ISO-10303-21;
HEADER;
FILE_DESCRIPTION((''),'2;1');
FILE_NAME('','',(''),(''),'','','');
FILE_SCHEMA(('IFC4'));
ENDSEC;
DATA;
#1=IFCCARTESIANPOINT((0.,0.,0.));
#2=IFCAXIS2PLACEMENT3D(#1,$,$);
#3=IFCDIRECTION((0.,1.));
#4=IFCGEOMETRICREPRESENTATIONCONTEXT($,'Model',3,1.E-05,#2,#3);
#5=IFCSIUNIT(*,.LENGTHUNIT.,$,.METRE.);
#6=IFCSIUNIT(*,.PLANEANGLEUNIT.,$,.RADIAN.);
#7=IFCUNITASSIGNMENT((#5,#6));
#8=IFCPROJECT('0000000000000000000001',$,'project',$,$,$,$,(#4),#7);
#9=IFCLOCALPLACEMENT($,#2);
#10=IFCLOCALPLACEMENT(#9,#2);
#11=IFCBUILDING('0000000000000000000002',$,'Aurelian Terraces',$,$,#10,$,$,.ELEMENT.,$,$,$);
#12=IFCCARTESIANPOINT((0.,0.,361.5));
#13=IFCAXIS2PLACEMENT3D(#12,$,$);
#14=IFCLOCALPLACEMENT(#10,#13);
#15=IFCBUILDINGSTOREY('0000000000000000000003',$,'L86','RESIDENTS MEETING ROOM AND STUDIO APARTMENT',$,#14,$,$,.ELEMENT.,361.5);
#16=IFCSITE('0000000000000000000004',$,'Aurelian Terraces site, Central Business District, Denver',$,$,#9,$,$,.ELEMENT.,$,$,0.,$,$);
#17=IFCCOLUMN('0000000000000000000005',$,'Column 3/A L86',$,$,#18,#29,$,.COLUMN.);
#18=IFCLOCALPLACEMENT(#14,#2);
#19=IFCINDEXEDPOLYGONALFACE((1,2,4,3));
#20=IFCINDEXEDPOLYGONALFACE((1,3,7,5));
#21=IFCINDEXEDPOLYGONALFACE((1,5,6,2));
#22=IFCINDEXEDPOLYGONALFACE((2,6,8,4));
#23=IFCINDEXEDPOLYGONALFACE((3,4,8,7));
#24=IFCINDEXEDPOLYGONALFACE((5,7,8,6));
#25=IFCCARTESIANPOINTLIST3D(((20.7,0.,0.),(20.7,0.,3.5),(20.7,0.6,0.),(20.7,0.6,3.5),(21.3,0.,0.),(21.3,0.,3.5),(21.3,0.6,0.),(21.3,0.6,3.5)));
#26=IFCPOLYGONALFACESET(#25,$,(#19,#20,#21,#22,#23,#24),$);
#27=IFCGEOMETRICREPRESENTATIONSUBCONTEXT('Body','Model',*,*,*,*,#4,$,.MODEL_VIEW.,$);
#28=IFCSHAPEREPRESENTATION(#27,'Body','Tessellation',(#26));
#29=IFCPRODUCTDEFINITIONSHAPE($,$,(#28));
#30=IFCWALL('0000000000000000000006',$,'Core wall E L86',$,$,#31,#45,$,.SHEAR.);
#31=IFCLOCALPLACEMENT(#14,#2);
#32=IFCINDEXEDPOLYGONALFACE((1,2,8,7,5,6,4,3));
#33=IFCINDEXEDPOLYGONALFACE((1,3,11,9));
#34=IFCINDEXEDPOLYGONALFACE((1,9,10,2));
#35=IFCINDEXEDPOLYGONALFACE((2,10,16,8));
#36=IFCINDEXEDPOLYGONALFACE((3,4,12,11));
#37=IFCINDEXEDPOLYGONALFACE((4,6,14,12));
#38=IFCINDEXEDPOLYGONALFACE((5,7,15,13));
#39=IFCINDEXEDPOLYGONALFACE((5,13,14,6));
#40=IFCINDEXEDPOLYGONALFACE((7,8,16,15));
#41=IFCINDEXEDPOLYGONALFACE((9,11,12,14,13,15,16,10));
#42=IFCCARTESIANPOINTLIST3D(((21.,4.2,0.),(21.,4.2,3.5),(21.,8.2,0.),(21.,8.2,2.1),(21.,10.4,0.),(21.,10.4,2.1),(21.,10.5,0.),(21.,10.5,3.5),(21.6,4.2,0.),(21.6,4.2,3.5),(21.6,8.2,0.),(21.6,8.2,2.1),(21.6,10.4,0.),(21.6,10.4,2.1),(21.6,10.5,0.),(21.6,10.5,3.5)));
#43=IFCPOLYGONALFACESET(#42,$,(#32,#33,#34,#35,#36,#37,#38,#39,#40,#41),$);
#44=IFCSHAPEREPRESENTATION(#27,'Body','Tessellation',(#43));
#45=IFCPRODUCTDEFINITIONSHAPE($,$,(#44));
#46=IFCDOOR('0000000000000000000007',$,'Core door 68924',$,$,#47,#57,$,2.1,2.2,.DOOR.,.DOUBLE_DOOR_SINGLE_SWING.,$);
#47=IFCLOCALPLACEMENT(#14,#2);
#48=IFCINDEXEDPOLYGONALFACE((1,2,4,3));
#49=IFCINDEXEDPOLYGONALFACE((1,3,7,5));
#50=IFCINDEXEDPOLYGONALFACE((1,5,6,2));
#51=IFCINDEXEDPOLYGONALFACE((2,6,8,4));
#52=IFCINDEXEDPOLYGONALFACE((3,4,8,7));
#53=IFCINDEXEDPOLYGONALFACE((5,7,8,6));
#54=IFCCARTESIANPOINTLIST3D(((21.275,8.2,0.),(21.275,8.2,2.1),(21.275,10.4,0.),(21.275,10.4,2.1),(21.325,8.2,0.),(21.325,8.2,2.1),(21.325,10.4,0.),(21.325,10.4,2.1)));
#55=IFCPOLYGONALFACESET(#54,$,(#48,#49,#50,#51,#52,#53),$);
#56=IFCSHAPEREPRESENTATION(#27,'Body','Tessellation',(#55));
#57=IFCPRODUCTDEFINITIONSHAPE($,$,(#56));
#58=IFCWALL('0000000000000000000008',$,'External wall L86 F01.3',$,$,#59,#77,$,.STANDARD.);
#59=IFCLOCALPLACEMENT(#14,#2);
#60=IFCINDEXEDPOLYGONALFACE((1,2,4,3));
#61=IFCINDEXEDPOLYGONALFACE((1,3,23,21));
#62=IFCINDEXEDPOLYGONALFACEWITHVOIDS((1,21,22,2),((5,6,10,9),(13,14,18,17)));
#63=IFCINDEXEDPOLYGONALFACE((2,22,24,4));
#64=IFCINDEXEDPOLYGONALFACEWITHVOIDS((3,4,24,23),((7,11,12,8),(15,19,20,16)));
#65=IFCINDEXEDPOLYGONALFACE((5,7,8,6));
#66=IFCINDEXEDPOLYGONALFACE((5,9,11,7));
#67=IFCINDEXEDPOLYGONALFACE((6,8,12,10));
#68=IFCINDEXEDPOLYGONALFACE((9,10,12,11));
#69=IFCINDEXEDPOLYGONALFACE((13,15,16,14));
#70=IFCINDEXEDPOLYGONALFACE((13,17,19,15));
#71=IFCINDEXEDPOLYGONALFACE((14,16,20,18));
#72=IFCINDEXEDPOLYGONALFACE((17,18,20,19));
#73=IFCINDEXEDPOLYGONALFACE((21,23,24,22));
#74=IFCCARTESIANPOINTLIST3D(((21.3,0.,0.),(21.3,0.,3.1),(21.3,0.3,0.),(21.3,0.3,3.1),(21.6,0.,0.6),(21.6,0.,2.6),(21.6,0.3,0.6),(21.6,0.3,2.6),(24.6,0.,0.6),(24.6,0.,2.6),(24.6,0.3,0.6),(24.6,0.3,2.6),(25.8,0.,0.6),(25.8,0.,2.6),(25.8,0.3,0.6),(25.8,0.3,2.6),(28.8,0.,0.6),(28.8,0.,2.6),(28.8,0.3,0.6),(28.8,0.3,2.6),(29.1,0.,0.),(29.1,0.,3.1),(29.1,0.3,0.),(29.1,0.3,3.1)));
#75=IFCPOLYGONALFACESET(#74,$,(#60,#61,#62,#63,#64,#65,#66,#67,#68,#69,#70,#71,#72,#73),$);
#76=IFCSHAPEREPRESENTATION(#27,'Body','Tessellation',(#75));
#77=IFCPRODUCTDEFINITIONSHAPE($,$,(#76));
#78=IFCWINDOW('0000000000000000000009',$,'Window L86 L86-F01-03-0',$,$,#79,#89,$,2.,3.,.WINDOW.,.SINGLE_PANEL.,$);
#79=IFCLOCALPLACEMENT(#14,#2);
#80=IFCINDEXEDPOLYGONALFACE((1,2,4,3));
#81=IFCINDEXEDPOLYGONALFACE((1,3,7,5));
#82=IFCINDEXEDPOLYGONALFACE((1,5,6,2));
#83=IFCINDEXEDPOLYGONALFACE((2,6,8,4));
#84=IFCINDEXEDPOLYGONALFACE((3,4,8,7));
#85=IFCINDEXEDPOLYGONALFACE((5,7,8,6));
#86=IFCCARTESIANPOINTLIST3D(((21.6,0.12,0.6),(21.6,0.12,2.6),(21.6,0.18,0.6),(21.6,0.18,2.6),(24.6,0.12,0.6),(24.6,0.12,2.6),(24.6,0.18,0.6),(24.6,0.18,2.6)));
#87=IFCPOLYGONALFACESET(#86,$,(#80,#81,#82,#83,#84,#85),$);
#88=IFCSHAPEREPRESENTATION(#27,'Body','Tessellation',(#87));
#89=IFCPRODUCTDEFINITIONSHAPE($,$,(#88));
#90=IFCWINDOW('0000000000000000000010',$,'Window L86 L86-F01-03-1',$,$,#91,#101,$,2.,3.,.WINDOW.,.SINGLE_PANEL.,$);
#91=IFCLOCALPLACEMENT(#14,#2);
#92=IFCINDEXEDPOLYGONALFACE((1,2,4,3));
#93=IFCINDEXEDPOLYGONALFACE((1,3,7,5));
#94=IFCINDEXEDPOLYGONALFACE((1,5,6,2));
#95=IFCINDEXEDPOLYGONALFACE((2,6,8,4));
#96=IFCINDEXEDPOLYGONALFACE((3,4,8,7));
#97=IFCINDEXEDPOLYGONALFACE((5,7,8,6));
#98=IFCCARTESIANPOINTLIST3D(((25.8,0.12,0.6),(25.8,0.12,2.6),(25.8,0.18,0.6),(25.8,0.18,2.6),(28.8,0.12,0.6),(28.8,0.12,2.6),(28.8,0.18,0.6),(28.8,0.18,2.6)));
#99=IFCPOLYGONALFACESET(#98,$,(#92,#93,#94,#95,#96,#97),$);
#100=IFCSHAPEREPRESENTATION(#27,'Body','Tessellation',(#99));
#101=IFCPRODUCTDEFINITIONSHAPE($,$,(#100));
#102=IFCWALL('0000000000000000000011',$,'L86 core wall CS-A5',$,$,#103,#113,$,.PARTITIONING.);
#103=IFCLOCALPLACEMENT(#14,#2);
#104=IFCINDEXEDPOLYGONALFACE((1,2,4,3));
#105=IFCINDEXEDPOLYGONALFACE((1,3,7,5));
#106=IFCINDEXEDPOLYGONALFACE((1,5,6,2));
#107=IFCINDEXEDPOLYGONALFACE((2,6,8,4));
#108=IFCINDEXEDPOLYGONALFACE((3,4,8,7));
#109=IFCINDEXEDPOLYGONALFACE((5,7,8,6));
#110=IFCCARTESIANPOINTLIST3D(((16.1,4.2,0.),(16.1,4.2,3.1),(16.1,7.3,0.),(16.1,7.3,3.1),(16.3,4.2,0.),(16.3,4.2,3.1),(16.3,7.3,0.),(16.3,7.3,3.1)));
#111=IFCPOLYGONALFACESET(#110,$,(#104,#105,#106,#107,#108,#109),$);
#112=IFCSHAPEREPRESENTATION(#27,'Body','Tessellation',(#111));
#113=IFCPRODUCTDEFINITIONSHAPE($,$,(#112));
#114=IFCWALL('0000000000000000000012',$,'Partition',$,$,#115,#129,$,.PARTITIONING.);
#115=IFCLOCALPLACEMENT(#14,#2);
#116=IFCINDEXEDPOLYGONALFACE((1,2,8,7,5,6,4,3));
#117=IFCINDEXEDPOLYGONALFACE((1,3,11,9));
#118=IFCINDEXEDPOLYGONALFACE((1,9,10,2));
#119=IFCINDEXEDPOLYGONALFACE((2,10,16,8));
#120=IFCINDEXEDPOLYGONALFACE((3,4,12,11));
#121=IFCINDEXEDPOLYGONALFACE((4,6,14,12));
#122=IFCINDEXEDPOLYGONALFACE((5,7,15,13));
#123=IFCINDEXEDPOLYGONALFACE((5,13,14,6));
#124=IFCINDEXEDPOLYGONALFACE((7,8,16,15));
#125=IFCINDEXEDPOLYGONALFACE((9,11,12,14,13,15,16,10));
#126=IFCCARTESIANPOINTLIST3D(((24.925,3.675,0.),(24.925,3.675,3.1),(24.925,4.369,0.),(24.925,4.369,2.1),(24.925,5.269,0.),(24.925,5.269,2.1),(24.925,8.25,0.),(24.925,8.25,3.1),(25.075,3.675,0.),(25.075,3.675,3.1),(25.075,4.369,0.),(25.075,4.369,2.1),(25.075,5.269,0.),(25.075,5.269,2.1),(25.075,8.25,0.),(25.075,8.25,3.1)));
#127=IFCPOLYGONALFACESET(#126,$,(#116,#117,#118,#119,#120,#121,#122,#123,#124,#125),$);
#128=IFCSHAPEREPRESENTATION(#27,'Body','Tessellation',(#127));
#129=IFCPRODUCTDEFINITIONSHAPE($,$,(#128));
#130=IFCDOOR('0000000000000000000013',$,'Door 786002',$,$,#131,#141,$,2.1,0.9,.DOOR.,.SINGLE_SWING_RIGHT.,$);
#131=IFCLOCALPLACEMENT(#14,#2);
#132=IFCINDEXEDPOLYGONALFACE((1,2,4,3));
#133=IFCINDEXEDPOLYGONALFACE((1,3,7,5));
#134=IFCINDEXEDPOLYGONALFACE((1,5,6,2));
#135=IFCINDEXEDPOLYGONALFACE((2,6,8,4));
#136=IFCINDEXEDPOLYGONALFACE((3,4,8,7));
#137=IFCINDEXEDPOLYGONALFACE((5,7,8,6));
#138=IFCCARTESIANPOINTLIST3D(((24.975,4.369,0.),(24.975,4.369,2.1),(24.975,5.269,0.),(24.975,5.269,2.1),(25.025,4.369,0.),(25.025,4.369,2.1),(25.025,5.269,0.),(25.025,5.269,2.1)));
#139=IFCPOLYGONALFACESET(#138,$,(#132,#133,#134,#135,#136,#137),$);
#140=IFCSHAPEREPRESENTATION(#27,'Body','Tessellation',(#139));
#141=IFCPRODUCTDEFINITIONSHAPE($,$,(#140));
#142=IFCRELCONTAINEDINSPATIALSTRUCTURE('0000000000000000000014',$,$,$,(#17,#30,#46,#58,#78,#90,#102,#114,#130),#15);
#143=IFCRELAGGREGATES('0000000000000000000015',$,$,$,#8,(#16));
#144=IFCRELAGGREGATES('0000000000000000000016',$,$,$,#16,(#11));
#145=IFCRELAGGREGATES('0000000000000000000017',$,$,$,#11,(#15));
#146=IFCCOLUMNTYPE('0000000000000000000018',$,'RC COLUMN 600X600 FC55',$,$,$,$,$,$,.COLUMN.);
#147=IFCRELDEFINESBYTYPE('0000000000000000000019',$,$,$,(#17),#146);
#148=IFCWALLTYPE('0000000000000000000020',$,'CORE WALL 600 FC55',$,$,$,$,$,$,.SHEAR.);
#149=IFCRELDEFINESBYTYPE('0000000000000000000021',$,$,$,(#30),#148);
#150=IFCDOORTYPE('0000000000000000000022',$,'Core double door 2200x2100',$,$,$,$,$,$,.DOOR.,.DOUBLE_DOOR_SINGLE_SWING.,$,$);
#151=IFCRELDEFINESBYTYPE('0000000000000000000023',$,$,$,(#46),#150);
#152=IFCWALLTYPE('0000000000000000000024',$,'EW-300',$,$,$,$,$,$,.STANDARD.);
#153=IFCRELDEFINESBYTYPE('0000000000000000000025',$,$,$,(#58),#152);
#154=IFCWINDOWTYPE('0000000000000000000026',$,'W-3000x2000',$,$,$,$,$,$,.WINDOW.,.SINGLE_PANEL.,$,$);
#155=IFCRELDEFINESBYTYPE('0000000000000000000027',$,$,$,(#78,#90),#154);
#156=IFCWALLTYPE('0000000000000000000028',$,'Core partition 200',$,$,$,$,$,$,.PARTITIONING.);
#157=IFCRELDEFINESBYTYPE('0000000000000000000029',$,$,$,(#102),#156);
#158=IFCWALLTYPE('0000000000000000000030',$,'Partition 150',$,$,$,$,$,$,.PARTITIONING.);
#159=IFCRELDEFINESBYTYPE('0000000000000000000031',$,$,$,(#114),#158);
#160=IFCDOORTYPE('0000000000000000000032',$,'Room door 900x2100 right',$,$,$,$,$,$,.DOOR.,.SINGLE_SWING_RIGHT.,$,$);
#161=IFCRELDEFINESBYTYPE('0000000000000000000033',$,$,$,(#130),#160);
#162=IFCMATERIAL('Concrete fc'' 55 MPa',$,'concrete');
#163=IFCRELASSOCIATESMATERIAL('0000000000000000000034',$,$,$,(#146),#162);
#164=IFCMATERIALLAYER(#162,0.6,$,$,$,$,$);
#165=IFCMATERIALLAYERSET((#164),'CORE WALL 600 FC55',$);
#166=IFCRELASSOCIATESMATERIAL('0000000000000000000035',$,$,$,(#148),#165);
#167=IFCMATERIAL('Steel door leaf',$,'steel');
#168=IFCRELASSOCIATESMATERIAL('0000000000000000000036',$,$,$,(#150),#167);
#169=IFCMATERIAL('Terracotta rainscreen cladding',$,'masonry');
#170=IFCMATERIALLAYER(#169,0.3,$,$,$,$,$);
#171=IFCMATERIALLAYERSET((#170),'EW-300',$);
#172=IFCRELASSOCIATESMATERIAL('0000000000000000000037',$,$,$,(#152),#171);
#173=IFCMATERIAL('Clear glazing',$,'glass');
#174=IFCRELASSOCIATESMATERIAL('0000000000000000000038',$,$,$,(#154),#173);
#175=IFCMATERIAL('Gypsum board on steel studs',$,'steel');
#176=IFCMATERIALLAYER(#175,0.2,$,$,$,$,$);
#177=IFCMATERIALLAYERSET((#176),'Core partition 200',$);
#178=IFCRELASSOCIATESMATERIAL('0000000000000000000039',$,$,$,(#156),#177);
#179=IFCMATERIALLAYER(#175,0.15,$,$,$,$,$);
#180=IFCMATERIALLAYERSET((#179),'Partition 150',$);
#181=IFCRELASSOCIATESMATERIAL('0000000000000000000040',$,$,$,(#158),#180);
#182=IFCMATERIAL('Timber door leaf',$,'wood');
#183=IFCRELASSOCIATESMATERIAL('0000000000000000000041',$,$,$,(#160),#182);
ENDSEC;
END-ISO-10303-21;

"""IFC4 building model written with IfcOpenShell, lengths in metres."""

from ifc_helpers import new_model, si_unit, direction, frame, frame_2d, origin, origin_2d, place, context, subcontext, project, spatial, rectangle, extrude, source, transform, mapped, material, layer, layer_set, material_profile, profile_set, type_object, element, fill, save


model = new_model("IFC4")

# Units and contexts
model_context = context("Model", 3, precision=1e-05, world=origin(), true_north=direction((0.0, 1.0)))
body_context = subcontext(model_context, "Body", "Model", "MODEL_VIEW")
ifc_project = project(units=[si_unit("LENGTHUNIT", "METRE"), si_unit("PLANEANGLEUNIT", "RADIAN")], contexts=[model_context])

# Site, building, storey
site_placement = place(None, origin())
site = spatial("IfcSite", under=ifc_project, at=site_placement, Name="Aurelian Terraces site, Central Business District, Denver", CompositionType="ELEMENT", RefElevation=0.0)
building_placement = place(site_placement, origin())
building = spatial("IfcBuilding", under=site, at=building_placement, Name="Aurelian Terraces", CompositionType="ELEMENT")
storey_placement = place(building_placement, frame((0.0, 0.0, 361.5)))
storey = spatial("IfcBuildingStorey", under=building, at=storey_placement, Name="L86", Description="RESIDENTS MEETING ROOM AND STUDIO APARTMENT", CompositionType="ELEMENT", Elevation=361.5)

# Column
ifc_material_1 = material(Name="Concrete fc' 55 MPa", Category="concrete")
ifc_material_profile = material_profile(ifc_material_1, rectangle(XDim=0.6, YDim=0.6, at=origin_2d()))
ifc_profile_set = profile_set([ifc_material_profile], Name="Concrete fc' 55 MPa")
column_type = type_object("IfcColumnType", Name="RC COLUMN 600X600 FC55", PredefinedType="COLUMN", material=ifc_profile_set)
shared_shape_1 = source(origin(), body_context, "Body", "SweptSolid", [
    extrude(rectangle(XDim=0.6, YDim=0.6, at=origin_2d()), origin(), (0.0, 0.0, 1.0), 3.5),
])
column_placement = place(storey_placement, frame((21.0, 0.3, 0.0), z_axis=(0.0, 0.0, 1.0), x_axis=(1.0, 0.0, 0.0)))
element("IfcColumn", 1, at=column_placement, inside=storey, type_object=column_type, Name="Column 3/A L86", PredefinedType="COLUMN", context=body_context, shape_type="MappedRepresentation", body=[
    mapped(shared_shape_1, transform((0.0, 0.0, 0.0), scale=1.0)),
])

# Wall, opening, door
ifc_layer_1 = layer(ifc_material_1, 0.6)
ifc_layer_set_1 = layer_set([ifc_layer_1], Name="CORE WALL 600 FC55")
wall_type_1 = type_object("IfcWallType", Name="CORE WALL 600 FC55", PredefinedType="SHEAR", material=ifc_layer_set_1)
shared_shape_2 = source(origin(), body_context, "Body", "SweptSolid", [
    extrude(rectangle(XDim=6.3, YDim=0.6, at=frame_2d((3.15, 0.0))), origin(), (0.0, 0.0, 1.0), 3.5),
])
wall_1_placement = place(storey_placement, frame((21.3, 4.2, 0.0), z_axis=(0.0, 0.0, 1.0), x_axis=(0.0, 1.0, 0.0)))
wall_1 = element("IfcWall", 2, at=wall_1_placement, inside=storey, type_object=wall_type_1, Name="Core wall E L86", PredefinedType="SHEAR", context=body_context, shape_type="MappedRepresentation", body=[
    mapped(shared_shape_2, transform((0.0, 0.0, 0.0), scale=1.0)),
])
shared_shape_3 = source(origin(), body_context, "Body", "SweptSolid", [
    extrude(rectangle(XDim=2.2, YDim=2.1, at=frame_2d((1.1, 1.05))), frame((0.0, 0.31, 0.0), z_axis=(0.0, -1.0, 0.0), x_axis=(1.0, 0.0, 0.0)), (0.0, 0.0, 1.0), 0.62),
])
opening_1_placement = place(wall_1_placement, frame((4.0, 0.0, 0.0)))
opening_1 = element("IfcOpeningElement", 3, at=opening_1_placement, cuts=wall_1, PredefinedType="OPENING", context=body_context, shape_type="MappedRepresentation", body=[
    mapped(shared_shape_3, transform((0.0, 0.0, 0.0), scale=1.0)),
])
ifc_material_2 = material(Name="Steel door leaf", Category="steel")
door_type_1 = type_object("IfcDoorType", Name="Core double door 2200x2100", OperationType="DOUBLE_DOOR_SINGLE_SWING", PredefinedType="DOOR", material=ifc_material_2)
shared_shape_4 = source(origin(), body_context, "Body", "SweptSolid", [
    extrude(rectangle(XDim=2.2, YDim=2.1, at=frame_2d((1.1, 1.05))), frame((0.0, 0.025, 0.0), z_axis=(0.0, -1.0, 0.0), x_axis=(1.0, 0.0, 0.0)), (0.0, 0.0, 1.0), 0.05),
])
door_1_placement = place(opening_1_placement, origin())
door_1 = element("IfcDoor", 4, at=door_1_placement, inside=storey, type_object=door_type_1, Name="Core door 68924", OperationType="DOUBLE_DOOR_SINGLE_SWING", OverallHeight=2.1, OverallWidth=2.2, PredefinedType="DOOR", context=body_context, shape_type="MappedRepresentation", body=[
    mapped(shared_shape_4, transform((0.0, 0.0, 0.0), scale=1.0)),
])
fill(opening_1, door_1)

# Wall, openings, windows
ifc_material_3 = material(Name="Terracotta rainscreen cladding", Category="masonry")
ifc_layer_2 = layer(ifc_material_3, 0.3)
ifc_layer_set_2 = layer_set([ifc_layer_2], Name="EW-300")
wall_type_2 = type_object("IfcWallType", Name="EW-300", PredefinedType="STANDARD", material=ifc_layer_set_2)
shared_shape_5 = source(origin(), body_context, "Body", "SweptSolid", [
    extrude(rectangle(XDim=7.8, YDim=0.3, at=frame_2d((3.9, 0.0))), origin(), (0.0, 0.0, 1.0), 3.1),
])
wall_2_placement = place(storey_placement, frame((21.3, 0.15, 0.0), z_axis=(0.0, 0.0, 1.0), x_axis=(1.0, 0.0, 0.0)))
wall_2 = element("IfcWall", 5, at=wall_2_placement, inside=storey, type_object=wall_type_2, Name="External wall L86 F01.3", PredefinedType="STANDARD", context=body_context, shape_type="MappedRepresentation", body=[
    mapped(shared_shape_5, transform((0.0, 0.0, 0.0), scale=1.0)),
])
shared_shape_6 = source(origin(), body_context, "Body", "SweptSolid", [
    extrude(rectangle(XDim=3.0, YDim=2.0, at=frame_2d((1.5, 1.0))), frame((0.0, 0.16, 0.0), z_axis=(0.0, -1.0, 0.0), x_axis=(1.0, 0.0, 0.0)), (0.0, 0.0, 1.0), 0.32),
])
opening_2_placement = place(wall_2_placement, frame((0.3, 0.0, 0.6)))
opening_2 = element("IfcOpeningElement", 6, at=opening_2_placement, cuts=wall_2, PredefinedType="OPENING", context=body_context, shape_type="MappedRepresentation", body=[
    mapped(shared_shape_6, transform((0.0, 0.0, 0.0), scale=1.0)),
])
opening_3_placement = place(wall_2_placement, frame((4.5, 0.0, 0.6)))
opening_3 = element("IfcOpeningElement", 7, at=opening_3_placement, cuts=wall_2, PredefinedType="OPENING", context=body_context, shape_type="MappedRepresentation", body=[
    mapped(shared_shape_6, transform((0.0, 0.0, 0.0), scale=1.0)),
])
ifc_material_4 = material(Name="Clear glazing", Category="glass")
window_type = type_object("IfcWindowType", Name="W-3000x2000", PartitioningType="SINGLE_PANEL", PredefinedType="WINDOW", material=ifc_material_4)
shared_shape_7 = source(origin(), body_context, "Body", "SweptSolid", [
    extrude(rectangle(XDim=3.0, YDim=2.0, at=frame_2d((1.5, 1.0))), frame((0.0, 0.03, 0.0), z_axis=(0.0, -1.0, 0.0), x_axis=(1.0, 0.0, 0.0)), (0.0, 0.0, 1.0), 0.06),
])
window_1_placement = place(opening_2_placement, origin())
window_1 = element("IfcWindow", 8, at=window_1_placement, inside=storey, type_object=window_type, Name="Window L86 L86-F01-03-0", OverallHeight=2.0, OverallWidth=3.0, PartitioningType="SINGLE_PANEL", PredefinedType="WINDOW", context=body_context, shape_type="MappedRepresentation", body=[
    mapped(shared_shape_7, transform((0.0, 0.0, 0.0), scale=1.0)),
])
fill(opening_2, window_1)
window_2_placement = place(opening_3_placement, origin())
window_2 = element("IfcWindow", 9, at=window_2_placement, inside=storey, type_object=window_type, Name="Window L86 L86-F01-03-1", OverallHeight=2.0, OverallWidth=3.0, PartitioningType="SINGLE_PANEL", PredefinedType="WINDOW", context=body_context, shape_type="MappedRepresentation", body=[
    mapped(shared_shape_7, transform((0.0, 0.0, 0.0), scale=1.0)),
])
fill(opening_3, window_2)

# Wall
ifc_material_5 = material(Name="Gypsum board on steel studs", Category="steel")
ifc_layer_3 = layer(ifc_material_5, 0.2)
ifc_layer_set_3 = layer_set([ifc_layer_3], Name="Core partition 200")
wall_type_3 = type_object("IfcWallType", Name="Core partition 200", PredefinedType="PARTITIONING", material=ifc_layer_set_3)
shared_shape_8 = source(origin(), body_context, "Body", "SweptSolid", [
    extrude(rectangle(XDim=3.1, YDim=0.2, at=frame_2d((1.55, 0.0))), origin(), (0.0, 0.0, 1.0), 3.1),
])
wall_3_placement = place(storey_placement, frame((16.2, 4.2, 0.0), z_axis=(0.0, 0.0, 1.0), x_axis=(0.0, 1.0, 0.0)))
element("IfcWall", 10, at=wall_3_placement, inside=storey, type_object=wall_type_3, Name="L86 core wall CS-A5", PredefinedType="PARTITIONING", context=body_context, shape_type="MappedRepresentation", body=[
    mapped(shared_shape_8, transform((0.0, 0.0, 0.0), scale=1.0)),
])

# Wall, opening, door
ifc_layer_4 = layer(ifc_material_5, 0.15)
ifc_layer_set_4 = layer_set([ifc_layer_4], Name="Partition 150")
wall_type_4 = type_object("IfcWallType", Name="Partition 150", PredefinedType="PARTITIONING", material=ifc_layer_set_4)
shared_shape_9 = source(origin(), body_context, "Body", "SweptSolid", [
    extrude(rectangle(XDim=4.575, YDim=0.15, at=frame_2d((2.2875, 0.0))), origin(), (0.0, 0.0, 1.0), 3.1),
])
wall_4_placement = place(storey_placement, frame((25.0, 8.25, 0.0), z_axis=(0.0, 0.0, 1.0), x_axis=(0.0, -1.0, 0.0)))
wall_4 = element("IfcWall", 11, at=wall_4_placement, inside=storey, type_object=wall_type_4, Name="Partition", PredefinedType="PARTITIONING", context=body_context, shape_type="MappedRepresentation", body=[
    mapped(shared_shape_9, transform((0.0, 0.0, 0.0), scale=1.0)),
])
shared_shape_10 = source(origin(), body_context, "Body", "SweptSolid", [
    extrude(rectangle(XDim=0.9, YDim=2.1, at=frame_2d((0.45, 1.05))), frame((0.0, 0.085, 0.0), z_axis=(0.0, -1.0, 0.0), x_axis=(1.0, 0.0, 0.0)), (0.0, 0.0, 1.0), 0.17),
])
opening_4_placement = place(wall_4_placement, frame((2.981, 0.0, 0.0)))
opening_4 = element("IfcOpeningElement", 12, at=opening_4_placement, cuts=wall_4, PredefinedType="OPENING", context=body_context, shape_type="MappedRepresentation", body=[
    mapped(shared_shape_10, transform((0.0, 0.0, 0.0), scale=1.0)),
])
ifc_material_6 = material(Name="Timber door leaf", Category="wood")
door_type_2 = type_object("IfcDoorType", Name="Room door 900x2100 right", OperationType="SINGLE_SWING_RIGHT", PredefinedType="DOOR", material=ifc_material_6)
shared_shape_11 = source(origin(), body_context, "Body", "SweptSolid", [
    extrude(rectangle(XDim=0.9, YDim=2.1, at=frame_2d((0.45, 1.05))), frame((0.0, 0.025, 0.0), z_axis=(0.0, -1.0, 0.0), x_axis=(1.0, 0.0, 0.0)), (0.0, 0.0, 1.0), 0.05),
])
door_2_placement = place(opening_4_placement, origin())
door_2 = element("IfcDoor", 13, at=door_2_placement, inside=storey, type_object=door_type_2, Name="Door 786002", OperationType="SINGLE_SWING_RIGHT", OverallHeight=2.1, OverallWidth=0.9, PredefinedType="DOOR", context=body_context, shape_type="MappedRepresentation", body=[
    mapped(shared_shape_11, transform((0.0, 0.0, 0.0), scale=1.0)),
])
fill(opening_4, door_2)

save(model, "model.ifc")
